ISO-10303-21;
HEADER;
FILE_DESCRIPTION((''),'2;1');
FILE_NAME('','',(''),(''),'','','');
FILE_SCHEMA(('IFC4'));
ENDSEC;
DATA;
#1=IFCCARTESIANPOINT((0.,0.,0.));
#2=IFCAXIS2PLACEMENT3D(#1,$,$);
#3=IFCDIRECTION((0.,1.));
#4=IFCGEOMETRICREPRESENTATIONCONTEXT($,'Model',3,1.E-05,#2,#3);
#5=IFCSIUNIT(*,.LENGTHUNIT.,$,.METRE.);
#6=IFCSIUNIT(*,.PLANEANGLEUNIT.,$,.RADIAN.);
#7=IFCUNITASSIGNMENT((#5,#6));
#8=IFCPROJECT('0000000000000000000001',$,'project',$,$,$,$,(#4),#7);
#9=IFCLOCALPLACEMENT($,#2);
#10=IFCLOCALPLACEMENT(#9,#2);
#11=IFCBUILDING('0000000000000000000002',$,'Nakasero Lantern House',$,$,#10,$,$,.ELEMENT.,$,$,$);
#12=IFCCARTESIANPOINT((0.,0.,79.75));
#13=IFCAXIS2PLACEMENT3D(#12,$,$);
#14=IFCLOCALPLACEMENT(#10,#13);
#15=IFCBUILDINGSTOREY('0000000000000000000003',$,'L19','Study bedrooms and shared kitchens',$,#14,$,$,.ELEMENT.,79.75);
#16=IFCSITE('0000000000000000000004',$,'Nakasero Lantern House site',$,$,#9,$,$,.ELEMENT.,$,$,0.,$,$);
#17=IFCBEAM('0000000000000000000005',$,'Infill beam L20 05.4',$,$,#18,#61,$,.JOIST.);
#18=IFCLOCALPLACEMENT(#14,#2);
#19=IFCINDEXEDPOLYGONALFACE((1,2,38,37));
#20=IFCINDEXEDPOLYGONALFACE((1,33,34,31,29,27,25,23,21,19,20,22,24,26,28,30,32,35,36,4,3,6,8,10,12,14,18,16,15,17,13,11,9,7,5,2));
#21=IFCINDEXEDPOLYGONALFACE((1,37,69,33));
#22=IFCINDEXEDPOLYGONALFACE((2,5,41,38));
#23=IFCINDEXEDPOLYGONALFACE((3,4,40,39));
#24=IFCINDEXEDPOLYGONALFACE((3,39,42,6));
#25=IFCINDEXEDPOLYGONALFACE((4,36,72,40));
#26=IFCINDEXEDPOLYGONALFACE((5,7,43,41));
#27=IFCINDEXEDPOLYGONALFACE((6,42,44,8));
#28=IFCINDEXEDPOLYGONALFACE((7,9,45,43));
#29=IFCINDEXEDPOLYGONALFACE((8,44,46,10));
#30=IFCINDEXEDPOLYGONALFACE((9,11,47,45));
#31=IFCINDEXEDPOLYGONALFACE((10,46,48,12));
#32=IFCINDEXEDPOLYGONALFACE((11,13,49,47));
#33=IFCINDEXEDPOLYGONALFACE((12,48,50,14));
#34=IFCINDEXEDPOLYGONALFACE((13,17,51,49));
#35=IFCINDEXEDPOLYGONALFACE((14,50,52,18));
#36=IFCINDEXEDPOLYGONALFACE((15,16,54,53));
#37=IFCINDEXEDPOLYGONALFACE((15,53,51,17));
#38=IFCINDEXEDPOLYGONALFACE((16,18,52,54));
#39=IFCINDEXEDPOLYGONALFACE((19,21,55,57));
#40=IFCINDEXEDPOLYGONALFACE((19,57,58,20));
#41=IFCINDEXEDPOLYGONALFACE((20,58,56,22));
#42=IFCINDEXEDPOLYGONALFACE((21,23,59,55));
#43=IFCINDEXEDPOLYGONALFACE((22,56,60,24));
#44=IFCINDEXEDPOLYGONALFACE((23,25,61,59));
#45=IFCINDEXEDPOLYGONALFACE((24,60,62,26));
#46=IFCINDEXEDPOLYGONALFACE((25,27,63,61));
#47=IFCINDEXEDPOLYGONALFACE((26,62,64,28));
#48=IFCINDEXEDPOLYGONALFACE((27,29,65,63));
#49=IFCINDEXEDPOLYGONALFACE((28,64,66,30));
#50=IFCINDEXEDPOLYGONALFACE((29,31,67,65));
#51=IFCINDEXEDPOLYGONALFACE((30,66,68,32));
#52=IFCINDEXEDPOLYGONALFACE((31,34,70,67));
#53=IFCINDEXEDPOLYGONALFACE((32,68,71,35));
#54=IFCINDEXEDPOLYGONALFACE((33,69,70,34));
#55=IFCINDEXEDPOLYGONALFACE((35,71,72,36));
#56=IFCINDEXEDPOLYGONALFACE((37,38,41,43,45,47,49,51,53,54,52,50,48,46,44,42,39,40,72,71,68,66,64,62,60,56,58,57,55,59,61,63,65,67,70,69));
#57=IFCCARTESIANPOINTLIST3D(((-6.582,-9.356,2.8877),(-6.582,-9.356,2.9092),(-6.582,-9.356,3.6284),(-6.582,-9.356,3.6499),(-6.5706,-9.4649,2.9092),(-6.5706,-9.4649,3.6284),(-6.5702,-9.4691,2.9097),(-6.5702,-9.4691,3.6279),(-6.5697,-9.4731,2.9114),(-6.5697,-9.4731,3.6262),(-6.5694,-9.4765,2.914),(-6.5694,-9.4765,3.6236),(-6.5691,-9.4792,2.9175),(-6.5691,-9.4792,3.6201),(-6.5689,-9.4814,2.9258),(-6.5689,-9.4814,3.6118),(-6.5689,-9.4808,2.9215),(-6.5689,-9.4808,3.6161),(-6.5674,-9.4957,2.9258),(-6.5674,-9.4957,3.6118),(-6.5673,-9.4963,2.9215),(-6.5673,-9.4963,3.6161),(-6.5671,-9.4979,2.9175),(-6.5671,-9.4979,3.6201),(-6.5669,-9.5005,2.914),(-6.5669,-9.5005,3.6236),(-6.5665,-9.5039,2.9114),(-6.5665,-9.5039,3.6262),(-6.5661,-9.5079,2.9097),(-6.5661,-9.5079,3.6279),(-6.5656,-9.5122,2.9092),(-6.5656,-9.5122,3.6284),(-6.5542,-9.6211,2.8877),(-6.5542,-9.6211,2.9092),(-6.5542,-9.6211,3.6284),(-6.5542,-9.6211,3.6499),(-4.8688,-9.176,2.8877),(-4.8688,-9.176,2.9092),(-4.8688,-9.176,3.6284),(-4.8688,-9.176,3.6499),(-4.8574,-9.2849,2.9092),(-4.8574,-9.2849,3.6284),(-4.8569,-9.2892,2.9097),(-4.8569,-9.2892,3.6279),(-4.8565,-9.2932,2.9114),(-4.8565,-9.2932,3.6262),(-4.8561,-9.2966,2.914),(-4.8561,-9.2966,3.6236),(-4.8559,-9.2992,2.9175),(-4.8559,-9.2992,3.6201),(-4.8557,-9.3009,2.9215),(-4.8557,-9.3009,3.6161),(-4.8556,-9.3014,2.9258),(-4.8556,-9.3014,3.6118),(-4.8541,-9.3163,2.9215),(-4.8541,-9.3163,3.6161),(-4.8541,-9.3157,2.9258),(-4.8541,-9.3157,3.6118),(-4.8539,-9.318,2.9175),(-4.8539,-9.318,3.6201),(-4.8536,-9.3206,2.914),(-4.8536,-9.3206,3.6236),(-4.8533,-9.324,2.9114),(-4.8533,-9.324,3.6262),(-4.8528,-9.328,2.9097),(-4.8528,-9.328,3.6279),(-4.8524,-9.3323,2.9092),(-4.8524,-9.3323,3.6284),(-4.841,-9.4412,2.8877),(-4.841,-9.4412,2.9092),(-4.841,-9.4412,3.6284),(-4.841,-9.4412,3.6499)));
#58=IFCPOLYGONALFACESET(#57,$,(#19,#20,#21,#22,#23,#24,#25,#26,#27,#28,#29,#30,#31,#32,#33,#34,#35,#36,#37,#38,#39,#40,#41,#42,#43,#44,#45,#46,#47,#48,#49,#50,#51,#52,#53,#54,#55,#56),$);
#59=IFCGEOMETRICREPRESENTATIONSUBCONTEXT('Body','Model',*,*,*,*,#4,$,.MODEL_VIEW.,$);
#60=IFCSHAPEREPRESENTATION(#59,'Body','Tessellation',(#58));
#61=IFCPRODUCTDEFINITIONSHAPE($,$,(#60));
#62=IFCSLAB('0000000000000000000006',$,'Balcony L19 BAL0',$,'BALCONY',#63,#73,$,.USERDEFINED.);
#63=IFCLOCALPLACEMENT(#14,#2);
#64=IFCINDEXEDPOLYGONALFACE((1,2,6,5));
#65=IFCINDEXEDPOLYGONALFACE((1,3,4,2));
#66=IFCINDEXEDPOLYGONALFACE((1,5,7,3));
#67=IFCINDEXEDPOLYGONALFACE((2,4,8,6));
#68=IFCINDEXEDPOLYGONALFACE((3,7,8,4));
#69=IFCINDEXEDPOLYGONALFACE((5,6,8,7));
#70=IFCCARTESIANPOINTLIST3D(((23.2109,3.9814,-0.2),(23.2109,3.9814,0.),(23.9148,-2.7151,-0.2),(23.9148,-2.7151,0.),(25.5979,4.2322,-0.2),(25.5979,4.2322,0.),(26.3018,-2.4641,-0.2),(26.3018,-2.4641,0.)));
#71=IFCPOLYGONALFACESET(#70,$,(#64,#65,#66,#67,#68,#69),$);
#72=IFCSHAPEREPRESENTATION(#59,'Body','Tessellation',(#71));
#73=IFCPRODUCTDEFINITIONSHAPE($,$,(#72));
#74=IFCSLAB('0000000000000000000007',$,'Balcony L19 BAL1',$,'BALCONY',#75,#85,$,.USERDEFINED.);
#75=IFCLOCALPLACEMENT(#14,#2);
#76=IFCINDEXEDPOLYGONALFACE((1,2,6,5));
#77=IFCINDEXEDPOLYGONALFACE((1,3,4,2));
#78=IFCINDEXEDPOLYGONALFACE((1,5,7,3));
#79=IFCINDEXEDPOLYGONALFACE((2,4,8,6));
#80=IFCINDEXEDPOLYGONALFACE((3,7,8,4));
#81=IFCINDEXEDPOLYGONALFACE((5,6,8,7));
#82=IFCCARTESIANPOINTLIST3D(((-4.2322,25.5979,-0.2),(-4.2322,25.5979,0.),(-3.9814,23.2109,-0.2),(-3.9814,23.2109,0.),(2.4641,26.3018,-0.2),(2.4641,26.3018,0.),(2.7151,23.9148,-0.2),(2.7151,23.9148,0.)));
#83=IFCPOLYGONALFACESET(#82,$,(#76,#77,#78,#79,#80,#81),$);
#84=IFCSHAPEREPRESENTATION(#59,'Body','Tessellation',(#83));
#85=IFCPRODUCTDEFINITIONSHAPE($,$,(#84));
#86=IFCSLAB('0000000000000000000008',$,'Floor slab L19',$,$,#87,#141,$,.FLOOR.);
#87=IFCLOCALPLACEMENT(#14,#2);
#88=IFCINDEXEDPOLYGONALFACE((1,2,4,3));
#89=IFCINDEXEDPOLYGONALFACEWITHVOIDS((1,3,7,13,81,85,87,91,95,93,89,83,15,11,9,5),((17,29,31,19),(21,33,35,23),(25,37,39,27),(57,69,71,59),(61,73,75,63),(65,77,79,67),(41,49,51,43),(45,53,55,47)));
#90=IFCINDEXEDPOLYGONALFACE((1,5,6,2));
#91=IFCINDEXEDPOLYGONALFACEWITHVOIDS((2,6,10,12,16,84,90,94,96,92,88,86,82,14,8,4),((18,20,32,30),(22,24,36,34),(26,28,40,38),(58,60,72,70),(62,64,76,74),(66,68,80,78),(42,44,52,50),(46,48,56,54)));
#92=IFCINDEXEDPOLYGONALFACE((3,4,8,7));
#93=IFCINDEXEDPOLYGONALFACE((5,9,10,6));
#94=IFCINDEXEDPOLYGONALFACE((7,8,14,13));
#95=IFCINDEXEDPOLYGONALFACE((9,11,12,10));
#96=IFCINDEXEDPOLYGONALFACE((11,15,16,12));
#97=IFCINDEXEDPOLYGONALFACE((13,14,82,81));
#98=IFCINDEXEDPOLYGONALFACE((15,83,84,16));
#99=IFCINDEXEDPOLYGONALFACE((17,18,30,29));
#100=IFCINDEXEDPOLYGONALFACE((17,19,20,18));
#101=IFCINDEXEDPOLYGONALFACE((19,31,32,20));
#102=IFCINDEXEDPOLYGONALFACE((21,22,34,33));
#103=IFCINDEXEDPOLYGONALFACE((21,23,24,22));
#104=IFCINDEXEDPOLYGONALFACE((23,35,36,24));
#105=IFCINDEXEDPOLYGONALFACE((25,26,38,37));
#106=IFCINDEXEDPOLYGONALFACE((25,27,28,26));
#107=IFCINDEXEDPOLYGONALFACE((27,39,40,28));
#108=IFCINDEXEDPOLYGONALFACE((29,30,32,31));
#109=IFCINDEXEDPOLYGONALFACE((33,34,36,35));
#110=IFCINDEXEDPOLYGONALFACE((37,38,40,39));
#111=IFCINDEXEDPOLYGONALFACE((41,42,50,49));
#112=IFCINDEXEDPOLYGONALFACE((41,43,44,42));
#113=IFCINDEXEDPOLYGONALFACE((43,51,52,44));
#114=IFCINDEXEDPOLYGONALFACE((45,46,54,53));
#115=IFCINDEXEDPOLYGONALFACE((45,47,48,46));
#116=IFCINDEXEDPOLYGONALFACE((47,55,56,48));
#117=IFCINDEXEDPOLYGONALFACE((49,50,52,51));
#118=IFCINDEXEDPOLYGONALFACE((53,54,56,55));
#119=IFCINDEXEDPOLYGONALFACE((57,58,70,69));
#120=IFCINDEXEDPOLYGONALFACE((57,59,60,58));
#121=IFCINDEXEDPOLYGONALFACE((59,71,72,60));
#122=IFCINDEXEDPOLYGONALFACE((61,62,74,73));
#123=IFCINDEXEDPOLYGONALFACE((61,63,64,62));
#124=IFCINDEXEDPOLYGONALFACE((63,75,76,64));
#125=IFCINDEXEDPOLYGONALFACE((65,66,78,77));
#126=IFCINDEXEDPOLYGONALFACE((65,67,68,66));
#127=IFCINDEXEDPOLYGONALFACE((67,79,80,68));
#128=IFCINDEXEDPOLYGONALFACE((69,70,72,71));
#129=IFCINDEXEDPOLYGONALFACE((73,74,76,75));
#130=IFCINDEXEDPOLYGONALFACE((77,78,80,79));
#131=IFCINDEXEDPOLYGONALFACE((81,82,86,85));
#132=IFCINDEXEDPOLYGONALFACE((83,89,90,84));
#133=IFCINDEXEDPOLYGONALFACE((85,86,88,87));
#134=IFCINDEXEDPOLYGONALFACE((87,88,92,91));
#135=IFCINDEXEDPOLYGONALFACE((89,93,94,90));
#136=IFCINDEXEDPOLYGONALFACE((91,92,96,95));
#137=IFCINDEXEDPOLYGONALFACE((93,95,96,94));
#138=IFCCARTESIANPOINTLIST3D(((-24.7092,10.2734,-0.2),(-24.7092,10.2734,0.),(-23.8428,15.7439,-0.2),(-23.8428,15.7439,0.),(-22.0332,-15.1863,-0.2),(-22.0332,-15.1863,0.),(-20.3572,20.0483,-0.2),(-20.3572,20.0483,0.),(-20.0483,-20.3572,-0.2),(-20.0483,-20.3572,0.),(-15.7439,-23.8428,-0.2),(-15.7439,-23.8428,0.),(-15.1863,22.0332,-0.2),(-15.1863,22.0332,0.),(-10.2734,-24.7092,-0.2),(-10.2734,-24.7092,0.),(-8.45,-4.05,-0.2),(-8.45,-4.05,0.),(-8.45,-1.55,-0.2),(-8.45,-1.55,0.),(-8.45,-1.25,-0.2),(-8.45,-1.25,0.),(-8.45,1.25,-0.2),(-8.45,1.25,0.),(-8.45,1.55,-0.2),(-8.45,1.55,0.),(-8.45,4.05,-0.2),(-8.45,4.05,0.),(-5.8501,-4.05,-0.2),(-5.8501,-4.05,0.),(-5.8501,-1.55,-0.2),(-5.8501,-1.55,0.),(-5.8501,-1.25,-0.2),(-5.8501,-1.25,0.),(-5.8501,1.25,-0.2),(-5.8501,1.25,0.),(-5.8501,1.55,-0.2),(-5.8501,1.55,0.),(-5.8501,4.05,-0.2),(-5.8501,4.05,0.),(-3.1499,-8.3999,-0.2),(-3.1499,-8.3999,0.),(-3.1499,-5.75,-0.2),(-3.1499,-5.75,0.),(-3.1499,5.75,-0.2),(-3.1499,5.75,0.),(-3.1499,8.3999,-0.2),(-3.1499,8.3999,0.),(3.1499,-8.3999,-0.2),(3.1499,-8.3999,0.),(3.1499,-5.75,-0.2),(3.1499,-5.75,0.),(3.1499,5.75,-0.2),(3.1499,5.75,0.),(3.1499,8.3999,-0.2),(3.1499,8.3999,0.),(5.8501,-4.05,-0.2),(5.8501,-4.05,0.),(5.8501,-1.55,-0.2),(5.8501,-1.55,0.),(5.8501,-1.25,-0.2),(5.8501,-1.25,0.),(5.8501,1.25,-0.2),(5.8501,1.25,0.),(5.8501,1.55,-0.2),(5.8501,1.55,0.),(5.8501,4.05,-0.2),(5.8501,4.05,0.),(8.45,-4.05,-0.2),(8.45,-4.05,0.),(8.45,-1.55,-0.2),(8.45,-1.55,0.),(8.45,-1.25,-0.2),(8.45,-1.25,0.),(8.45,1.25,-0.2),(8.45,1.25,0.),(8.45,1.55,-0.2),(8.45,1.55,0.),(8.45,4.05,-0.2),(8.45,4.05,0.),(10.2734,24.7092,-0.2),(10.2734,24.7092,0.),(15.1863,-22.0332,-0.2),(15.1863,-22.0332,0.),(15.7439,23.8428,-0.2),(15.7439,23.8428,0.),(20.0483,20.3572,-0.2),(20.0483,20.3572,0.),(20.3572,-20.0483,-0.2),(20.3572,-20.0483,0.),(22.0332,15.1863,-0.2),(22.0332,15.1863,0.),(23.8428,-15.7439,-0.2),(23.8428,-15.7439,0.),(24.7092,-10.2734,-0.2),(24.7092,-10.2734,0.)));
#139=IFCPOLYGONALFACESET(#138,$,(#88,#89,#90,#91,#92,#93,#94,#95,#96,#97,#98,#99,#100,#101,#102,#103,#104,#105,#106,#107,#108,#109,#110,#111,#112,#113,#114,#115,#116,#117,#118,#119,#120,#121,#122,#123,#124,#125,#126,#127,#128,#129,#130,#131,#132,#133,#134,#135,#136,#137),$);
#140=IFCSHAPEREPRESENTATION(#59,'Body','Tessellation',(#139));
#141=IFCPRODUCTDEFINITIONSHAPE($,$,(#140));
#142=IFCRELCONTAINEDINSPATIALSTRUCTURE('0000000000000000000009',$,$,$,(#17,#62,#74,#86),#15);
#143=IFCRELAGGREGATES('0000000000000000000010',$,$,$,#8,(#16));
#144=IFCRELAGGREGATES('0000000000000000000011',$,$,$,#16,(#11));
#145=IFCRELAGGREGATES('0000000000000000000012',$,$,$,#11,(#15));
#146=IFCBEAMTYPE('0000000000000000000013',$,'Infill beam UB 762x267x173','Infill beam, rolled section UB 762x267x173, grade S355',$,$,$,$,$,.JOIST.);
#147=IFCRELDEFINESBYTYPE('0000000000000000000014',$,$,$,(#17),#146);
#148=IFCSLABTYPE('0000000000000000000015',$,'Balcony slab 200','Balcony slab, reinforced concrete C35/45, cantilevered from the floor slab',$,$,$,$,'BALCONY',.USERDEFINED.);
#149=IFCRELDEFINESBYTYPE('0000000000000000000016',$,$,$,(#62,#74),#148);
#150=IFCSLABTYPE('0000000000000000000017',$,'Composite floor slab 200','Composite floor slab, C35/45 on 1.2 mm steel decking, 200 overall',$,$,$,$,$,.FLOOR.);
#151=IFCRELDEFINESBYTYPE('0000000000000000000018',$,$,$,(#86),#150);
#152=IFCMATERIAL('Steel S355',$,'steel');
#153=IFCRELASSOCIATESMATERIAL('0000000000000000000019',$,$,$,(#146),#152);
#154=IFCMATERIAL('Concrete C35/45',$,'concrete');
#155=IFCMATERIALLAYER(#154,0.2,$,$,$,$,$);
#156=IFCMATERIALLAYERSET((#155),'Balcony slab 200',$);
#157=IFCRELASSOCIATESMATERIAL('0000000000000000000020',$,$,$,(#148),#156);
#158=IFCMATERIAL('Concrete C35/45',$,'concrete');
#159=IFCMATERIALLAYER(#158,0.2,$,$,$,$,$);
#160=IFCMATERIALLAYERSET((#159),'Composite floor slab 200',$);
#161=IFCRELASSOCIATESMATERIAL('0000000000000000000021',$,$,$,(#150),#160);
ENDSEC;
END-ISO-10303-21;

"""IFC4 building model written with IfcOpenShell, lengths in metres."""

from ifc_helpers import new_model, si_unit, direction, frame, origin, origin_2d, place, context, subcontext, project, spatial, polyline, i_section, outline, extrude, material, layer, layer_set, material_profile, profile_set, type_object, element, save


model = new_model("IFC4")

# Units and contexts
model_context = context("Model", 3, precision=1e-05, world=origin(), true_north=direction((0.0, 1.0)))
body_context = subcontext(model_context, "Body", "Model", "MODEL_VIEW")
ifc_project = project(units=[si_unit("LENGTHUNIT", "METRE"), si_unit("PLANEANGLEUNIT", "RADIAN")], contexts=[model_context])

# Site, building, storey
site_placement = place(None, origin())
site = spatial("IfcSite", under=ifc_project, at=site_placement, Name="Nakasero Lantern House site", CompositionType="ELEMENT", RefElevation=0.0)
building_placement = place(site_placement, origin())
building = spatial("IfcBuilding", under=site, at=building_placement, Name="Nakasero Lantern House", CompositionType="ELEMENT")
storey_placement = place(building_placement, frame((0.0, 0.0, 79.75)))
storey = spatial("IfcBuildingStorey", under=building, at=storey_placement, Name="L19", Description="Study bedrooms and shared kitchens", CompositionType="ELEMENT", Elevation=79.75)

# Beam
ifc_material_1 = material(Name="Steel S355", Category="steel")
ifc_material_profile = material_profile(ifc_material_1, i_section(OverallWidth=0.2666, OverallDepth=0.7622, WebThickness=0.0144, FlangeThickness=0.0215, FilletRadius=0.0166, at=origin_2d()), Name="UB 762x267x173")
ifc_profile_set = profile_set([ifc_material_profile], Name="Steel S355")
beam_type = type_object("IfcBeamType", Name="Infill beam UB 762x267x173", Description="Infill beam, rolled section UB 762x267x173, grade S355", PredefinedType="JOIST", material=ifc_profile_set)
beam_placement = place(storey_placement, frame((-6.5681, -9.4885, 3.2688), z_axis=(0.99453, 0.104456, 0.0), x_axis=(-0.104456, 0.99453, 0.0)))
element("IfcBeam", 1, at=beam_placement, inside=storey, type_object=beam_type, Name="Infill beam L20 05.4", PredefinedType="JOIST", context=body_context, shape_type="SweptSolid", body=[
    extrude(i_section(OverallWidth=0.2666, OverallDepth=0.7622, WebThickness=0.0144, FlangeThickness=0.0215, FilletRadius=0.0166, at=origin_2d()), origin(), (0.0, 0.0, 1.0), 1.7227),
])

# Slabs
ifc_material_2 = material(Name="Concrete C35/45", Category="concrete")
ifc_layer_1 = layer(ifc_material_2, 0.2)
ifc_layer_set_1 = layer_set([ifc_layer_1], Name="Balcony slab 200")
slab_type_1 = type_object("IfcSlabType", Name="Balcony slab 200", Description="Balcony slab, reinforced concrete C35/45, cantilevered from the floor slab", ElementType="BALCONY", PredefinedType="USERDEFINED", material=ifc_layer_set_1)
slab_1_placement = place(storey_placement, frame((0.0, 0.0, -0.2)))
element("IfcSlab", 2, at=slab_1_placement, inside=storey, type_object=slab_type_1, Name="Balcony L19 BAL0", ObjectType="BALCONY", PredefinedType="USERDEFINED", context=body_context, shape_type="SweptSolid", body=[
    extrude(outline(polyline([(23.9148, -2.7151), (26.3018, -2.4641), (25.5979, 4.2322), (23.2109, 3.9814), (23.9148, -2.7151)])), origin(), (0.0, 0.0, 1.0), 0.2),
])
slab_2_placement = place(storey_placement, frame((0.0, 0.0, -0.2)))
element("IfcSlab", 3, at=slab_2_placement, inside=storey, type_object=slab_type_1, Name="Balcony L19 BAL1", ObjectType="BALCONY", PredefinedType="USERDEFINED", context=body_context, shape_type="SweptSolid", body=[
    extrude(outline(polyline([(2.7151, 23.9148), (2.4641, 26.3018), (-4.2322, 25.5979), (-3.9814, 23.2109), (2.7151, 23.9148)])), origin(), (0.0, 0.0, 1.0), 0.2),
])
ifc_material_3 = material(Name="Concrete C35/45", Category="concrete")
ifc_layer_2 = layer(ifc_material_3, 0.2)
ifc_layer_set_2 = layer_set([ifc_layer_2], Name="Composite floor slab 200")
slab_type_2 = type_object("IfcSlabType", Name="Composite floor slab 200", Description="Composite floor slab, C35/45 on 1.2 mm steel decking, 200 overall", PredefinedType="FLOOR", material=ifc_layer_set_2)
slab_3_placement = place(storey_placement, frame((0.0, 0.0, -0.2)))
element("IfcSlab", 4, at=slab_3_placement, inside=storey, type_object=slab_type_2, Name="Floor slab L19", PredefinedType="FLOOR", context=body_context, shape_type="SweptSolid", body=[
    extrude(outline(polyline([(22.0332, 15.1863), (20.0483, 20.3572), (15.7439, 23.8428), (10.2734, 24.7092), (-15.1863, 22.0332), (-20.3572, 20.0483), (-23.8428, 15.7439), (-24.7092, 10.2734), (-22.0332, -15.1863), (-20.0483, -20.3572), (-15.7439, -23.8428), (-10.2734, -24.7092), (15.1863, -22.0332), (20.3572, -20.0483), (23.8428, -15.7439), (24.7092, -10.2734), (22.0332, 15.1863)]), holes=[polyline([(-8.45, -4.05), (-5.8501, -4.05), (-5.8501, -1.55), (-8.45, -1.55), (-8.45, -4.05)]), polyline([(-8.45, -1.25), (-5.8501, -1.25), (-5.8501, 1.25), (-8.45, 1.25), (-8.45, -1.25)]), polyline([(-8.45, 1.55), (-5.8501, 1.55), (-5.8501, 4.05), (-8.45, 4.05), (-8.45, 1.55)]), polyline([(5.8501, -4.05), (8.45, -4.05), (8.45, -1.55), (5.8501, -1.55), (5.8501, -4.05)]), polyline([(5.8501, -1.25), (8.45, -1.25), (8.45, 1.25), (5.8501, 1.25), (5.8501, -1.25)]), polyline([(5.8501, 1.55), (8.45, 1.55), (8.45, 4.05), (5.8501, 4.05), (5.8501, 1.55)]), polyline([(-3.1499, 5.75), (3.1499, 5.75), (3.1499, 8.3999), (-3.1499, 8.3999), (-3.1499, 5.75)]), polyline([(-3.1499, -8.3999), (3.1499, -8.3999), (3.1499, -5.75), (-3.1499, -5.75), (-3.1499, -8.3999)])]), origin(), (0.0, 0.0, 1.0), 0.2),
])

save(model, "model.ifc")
